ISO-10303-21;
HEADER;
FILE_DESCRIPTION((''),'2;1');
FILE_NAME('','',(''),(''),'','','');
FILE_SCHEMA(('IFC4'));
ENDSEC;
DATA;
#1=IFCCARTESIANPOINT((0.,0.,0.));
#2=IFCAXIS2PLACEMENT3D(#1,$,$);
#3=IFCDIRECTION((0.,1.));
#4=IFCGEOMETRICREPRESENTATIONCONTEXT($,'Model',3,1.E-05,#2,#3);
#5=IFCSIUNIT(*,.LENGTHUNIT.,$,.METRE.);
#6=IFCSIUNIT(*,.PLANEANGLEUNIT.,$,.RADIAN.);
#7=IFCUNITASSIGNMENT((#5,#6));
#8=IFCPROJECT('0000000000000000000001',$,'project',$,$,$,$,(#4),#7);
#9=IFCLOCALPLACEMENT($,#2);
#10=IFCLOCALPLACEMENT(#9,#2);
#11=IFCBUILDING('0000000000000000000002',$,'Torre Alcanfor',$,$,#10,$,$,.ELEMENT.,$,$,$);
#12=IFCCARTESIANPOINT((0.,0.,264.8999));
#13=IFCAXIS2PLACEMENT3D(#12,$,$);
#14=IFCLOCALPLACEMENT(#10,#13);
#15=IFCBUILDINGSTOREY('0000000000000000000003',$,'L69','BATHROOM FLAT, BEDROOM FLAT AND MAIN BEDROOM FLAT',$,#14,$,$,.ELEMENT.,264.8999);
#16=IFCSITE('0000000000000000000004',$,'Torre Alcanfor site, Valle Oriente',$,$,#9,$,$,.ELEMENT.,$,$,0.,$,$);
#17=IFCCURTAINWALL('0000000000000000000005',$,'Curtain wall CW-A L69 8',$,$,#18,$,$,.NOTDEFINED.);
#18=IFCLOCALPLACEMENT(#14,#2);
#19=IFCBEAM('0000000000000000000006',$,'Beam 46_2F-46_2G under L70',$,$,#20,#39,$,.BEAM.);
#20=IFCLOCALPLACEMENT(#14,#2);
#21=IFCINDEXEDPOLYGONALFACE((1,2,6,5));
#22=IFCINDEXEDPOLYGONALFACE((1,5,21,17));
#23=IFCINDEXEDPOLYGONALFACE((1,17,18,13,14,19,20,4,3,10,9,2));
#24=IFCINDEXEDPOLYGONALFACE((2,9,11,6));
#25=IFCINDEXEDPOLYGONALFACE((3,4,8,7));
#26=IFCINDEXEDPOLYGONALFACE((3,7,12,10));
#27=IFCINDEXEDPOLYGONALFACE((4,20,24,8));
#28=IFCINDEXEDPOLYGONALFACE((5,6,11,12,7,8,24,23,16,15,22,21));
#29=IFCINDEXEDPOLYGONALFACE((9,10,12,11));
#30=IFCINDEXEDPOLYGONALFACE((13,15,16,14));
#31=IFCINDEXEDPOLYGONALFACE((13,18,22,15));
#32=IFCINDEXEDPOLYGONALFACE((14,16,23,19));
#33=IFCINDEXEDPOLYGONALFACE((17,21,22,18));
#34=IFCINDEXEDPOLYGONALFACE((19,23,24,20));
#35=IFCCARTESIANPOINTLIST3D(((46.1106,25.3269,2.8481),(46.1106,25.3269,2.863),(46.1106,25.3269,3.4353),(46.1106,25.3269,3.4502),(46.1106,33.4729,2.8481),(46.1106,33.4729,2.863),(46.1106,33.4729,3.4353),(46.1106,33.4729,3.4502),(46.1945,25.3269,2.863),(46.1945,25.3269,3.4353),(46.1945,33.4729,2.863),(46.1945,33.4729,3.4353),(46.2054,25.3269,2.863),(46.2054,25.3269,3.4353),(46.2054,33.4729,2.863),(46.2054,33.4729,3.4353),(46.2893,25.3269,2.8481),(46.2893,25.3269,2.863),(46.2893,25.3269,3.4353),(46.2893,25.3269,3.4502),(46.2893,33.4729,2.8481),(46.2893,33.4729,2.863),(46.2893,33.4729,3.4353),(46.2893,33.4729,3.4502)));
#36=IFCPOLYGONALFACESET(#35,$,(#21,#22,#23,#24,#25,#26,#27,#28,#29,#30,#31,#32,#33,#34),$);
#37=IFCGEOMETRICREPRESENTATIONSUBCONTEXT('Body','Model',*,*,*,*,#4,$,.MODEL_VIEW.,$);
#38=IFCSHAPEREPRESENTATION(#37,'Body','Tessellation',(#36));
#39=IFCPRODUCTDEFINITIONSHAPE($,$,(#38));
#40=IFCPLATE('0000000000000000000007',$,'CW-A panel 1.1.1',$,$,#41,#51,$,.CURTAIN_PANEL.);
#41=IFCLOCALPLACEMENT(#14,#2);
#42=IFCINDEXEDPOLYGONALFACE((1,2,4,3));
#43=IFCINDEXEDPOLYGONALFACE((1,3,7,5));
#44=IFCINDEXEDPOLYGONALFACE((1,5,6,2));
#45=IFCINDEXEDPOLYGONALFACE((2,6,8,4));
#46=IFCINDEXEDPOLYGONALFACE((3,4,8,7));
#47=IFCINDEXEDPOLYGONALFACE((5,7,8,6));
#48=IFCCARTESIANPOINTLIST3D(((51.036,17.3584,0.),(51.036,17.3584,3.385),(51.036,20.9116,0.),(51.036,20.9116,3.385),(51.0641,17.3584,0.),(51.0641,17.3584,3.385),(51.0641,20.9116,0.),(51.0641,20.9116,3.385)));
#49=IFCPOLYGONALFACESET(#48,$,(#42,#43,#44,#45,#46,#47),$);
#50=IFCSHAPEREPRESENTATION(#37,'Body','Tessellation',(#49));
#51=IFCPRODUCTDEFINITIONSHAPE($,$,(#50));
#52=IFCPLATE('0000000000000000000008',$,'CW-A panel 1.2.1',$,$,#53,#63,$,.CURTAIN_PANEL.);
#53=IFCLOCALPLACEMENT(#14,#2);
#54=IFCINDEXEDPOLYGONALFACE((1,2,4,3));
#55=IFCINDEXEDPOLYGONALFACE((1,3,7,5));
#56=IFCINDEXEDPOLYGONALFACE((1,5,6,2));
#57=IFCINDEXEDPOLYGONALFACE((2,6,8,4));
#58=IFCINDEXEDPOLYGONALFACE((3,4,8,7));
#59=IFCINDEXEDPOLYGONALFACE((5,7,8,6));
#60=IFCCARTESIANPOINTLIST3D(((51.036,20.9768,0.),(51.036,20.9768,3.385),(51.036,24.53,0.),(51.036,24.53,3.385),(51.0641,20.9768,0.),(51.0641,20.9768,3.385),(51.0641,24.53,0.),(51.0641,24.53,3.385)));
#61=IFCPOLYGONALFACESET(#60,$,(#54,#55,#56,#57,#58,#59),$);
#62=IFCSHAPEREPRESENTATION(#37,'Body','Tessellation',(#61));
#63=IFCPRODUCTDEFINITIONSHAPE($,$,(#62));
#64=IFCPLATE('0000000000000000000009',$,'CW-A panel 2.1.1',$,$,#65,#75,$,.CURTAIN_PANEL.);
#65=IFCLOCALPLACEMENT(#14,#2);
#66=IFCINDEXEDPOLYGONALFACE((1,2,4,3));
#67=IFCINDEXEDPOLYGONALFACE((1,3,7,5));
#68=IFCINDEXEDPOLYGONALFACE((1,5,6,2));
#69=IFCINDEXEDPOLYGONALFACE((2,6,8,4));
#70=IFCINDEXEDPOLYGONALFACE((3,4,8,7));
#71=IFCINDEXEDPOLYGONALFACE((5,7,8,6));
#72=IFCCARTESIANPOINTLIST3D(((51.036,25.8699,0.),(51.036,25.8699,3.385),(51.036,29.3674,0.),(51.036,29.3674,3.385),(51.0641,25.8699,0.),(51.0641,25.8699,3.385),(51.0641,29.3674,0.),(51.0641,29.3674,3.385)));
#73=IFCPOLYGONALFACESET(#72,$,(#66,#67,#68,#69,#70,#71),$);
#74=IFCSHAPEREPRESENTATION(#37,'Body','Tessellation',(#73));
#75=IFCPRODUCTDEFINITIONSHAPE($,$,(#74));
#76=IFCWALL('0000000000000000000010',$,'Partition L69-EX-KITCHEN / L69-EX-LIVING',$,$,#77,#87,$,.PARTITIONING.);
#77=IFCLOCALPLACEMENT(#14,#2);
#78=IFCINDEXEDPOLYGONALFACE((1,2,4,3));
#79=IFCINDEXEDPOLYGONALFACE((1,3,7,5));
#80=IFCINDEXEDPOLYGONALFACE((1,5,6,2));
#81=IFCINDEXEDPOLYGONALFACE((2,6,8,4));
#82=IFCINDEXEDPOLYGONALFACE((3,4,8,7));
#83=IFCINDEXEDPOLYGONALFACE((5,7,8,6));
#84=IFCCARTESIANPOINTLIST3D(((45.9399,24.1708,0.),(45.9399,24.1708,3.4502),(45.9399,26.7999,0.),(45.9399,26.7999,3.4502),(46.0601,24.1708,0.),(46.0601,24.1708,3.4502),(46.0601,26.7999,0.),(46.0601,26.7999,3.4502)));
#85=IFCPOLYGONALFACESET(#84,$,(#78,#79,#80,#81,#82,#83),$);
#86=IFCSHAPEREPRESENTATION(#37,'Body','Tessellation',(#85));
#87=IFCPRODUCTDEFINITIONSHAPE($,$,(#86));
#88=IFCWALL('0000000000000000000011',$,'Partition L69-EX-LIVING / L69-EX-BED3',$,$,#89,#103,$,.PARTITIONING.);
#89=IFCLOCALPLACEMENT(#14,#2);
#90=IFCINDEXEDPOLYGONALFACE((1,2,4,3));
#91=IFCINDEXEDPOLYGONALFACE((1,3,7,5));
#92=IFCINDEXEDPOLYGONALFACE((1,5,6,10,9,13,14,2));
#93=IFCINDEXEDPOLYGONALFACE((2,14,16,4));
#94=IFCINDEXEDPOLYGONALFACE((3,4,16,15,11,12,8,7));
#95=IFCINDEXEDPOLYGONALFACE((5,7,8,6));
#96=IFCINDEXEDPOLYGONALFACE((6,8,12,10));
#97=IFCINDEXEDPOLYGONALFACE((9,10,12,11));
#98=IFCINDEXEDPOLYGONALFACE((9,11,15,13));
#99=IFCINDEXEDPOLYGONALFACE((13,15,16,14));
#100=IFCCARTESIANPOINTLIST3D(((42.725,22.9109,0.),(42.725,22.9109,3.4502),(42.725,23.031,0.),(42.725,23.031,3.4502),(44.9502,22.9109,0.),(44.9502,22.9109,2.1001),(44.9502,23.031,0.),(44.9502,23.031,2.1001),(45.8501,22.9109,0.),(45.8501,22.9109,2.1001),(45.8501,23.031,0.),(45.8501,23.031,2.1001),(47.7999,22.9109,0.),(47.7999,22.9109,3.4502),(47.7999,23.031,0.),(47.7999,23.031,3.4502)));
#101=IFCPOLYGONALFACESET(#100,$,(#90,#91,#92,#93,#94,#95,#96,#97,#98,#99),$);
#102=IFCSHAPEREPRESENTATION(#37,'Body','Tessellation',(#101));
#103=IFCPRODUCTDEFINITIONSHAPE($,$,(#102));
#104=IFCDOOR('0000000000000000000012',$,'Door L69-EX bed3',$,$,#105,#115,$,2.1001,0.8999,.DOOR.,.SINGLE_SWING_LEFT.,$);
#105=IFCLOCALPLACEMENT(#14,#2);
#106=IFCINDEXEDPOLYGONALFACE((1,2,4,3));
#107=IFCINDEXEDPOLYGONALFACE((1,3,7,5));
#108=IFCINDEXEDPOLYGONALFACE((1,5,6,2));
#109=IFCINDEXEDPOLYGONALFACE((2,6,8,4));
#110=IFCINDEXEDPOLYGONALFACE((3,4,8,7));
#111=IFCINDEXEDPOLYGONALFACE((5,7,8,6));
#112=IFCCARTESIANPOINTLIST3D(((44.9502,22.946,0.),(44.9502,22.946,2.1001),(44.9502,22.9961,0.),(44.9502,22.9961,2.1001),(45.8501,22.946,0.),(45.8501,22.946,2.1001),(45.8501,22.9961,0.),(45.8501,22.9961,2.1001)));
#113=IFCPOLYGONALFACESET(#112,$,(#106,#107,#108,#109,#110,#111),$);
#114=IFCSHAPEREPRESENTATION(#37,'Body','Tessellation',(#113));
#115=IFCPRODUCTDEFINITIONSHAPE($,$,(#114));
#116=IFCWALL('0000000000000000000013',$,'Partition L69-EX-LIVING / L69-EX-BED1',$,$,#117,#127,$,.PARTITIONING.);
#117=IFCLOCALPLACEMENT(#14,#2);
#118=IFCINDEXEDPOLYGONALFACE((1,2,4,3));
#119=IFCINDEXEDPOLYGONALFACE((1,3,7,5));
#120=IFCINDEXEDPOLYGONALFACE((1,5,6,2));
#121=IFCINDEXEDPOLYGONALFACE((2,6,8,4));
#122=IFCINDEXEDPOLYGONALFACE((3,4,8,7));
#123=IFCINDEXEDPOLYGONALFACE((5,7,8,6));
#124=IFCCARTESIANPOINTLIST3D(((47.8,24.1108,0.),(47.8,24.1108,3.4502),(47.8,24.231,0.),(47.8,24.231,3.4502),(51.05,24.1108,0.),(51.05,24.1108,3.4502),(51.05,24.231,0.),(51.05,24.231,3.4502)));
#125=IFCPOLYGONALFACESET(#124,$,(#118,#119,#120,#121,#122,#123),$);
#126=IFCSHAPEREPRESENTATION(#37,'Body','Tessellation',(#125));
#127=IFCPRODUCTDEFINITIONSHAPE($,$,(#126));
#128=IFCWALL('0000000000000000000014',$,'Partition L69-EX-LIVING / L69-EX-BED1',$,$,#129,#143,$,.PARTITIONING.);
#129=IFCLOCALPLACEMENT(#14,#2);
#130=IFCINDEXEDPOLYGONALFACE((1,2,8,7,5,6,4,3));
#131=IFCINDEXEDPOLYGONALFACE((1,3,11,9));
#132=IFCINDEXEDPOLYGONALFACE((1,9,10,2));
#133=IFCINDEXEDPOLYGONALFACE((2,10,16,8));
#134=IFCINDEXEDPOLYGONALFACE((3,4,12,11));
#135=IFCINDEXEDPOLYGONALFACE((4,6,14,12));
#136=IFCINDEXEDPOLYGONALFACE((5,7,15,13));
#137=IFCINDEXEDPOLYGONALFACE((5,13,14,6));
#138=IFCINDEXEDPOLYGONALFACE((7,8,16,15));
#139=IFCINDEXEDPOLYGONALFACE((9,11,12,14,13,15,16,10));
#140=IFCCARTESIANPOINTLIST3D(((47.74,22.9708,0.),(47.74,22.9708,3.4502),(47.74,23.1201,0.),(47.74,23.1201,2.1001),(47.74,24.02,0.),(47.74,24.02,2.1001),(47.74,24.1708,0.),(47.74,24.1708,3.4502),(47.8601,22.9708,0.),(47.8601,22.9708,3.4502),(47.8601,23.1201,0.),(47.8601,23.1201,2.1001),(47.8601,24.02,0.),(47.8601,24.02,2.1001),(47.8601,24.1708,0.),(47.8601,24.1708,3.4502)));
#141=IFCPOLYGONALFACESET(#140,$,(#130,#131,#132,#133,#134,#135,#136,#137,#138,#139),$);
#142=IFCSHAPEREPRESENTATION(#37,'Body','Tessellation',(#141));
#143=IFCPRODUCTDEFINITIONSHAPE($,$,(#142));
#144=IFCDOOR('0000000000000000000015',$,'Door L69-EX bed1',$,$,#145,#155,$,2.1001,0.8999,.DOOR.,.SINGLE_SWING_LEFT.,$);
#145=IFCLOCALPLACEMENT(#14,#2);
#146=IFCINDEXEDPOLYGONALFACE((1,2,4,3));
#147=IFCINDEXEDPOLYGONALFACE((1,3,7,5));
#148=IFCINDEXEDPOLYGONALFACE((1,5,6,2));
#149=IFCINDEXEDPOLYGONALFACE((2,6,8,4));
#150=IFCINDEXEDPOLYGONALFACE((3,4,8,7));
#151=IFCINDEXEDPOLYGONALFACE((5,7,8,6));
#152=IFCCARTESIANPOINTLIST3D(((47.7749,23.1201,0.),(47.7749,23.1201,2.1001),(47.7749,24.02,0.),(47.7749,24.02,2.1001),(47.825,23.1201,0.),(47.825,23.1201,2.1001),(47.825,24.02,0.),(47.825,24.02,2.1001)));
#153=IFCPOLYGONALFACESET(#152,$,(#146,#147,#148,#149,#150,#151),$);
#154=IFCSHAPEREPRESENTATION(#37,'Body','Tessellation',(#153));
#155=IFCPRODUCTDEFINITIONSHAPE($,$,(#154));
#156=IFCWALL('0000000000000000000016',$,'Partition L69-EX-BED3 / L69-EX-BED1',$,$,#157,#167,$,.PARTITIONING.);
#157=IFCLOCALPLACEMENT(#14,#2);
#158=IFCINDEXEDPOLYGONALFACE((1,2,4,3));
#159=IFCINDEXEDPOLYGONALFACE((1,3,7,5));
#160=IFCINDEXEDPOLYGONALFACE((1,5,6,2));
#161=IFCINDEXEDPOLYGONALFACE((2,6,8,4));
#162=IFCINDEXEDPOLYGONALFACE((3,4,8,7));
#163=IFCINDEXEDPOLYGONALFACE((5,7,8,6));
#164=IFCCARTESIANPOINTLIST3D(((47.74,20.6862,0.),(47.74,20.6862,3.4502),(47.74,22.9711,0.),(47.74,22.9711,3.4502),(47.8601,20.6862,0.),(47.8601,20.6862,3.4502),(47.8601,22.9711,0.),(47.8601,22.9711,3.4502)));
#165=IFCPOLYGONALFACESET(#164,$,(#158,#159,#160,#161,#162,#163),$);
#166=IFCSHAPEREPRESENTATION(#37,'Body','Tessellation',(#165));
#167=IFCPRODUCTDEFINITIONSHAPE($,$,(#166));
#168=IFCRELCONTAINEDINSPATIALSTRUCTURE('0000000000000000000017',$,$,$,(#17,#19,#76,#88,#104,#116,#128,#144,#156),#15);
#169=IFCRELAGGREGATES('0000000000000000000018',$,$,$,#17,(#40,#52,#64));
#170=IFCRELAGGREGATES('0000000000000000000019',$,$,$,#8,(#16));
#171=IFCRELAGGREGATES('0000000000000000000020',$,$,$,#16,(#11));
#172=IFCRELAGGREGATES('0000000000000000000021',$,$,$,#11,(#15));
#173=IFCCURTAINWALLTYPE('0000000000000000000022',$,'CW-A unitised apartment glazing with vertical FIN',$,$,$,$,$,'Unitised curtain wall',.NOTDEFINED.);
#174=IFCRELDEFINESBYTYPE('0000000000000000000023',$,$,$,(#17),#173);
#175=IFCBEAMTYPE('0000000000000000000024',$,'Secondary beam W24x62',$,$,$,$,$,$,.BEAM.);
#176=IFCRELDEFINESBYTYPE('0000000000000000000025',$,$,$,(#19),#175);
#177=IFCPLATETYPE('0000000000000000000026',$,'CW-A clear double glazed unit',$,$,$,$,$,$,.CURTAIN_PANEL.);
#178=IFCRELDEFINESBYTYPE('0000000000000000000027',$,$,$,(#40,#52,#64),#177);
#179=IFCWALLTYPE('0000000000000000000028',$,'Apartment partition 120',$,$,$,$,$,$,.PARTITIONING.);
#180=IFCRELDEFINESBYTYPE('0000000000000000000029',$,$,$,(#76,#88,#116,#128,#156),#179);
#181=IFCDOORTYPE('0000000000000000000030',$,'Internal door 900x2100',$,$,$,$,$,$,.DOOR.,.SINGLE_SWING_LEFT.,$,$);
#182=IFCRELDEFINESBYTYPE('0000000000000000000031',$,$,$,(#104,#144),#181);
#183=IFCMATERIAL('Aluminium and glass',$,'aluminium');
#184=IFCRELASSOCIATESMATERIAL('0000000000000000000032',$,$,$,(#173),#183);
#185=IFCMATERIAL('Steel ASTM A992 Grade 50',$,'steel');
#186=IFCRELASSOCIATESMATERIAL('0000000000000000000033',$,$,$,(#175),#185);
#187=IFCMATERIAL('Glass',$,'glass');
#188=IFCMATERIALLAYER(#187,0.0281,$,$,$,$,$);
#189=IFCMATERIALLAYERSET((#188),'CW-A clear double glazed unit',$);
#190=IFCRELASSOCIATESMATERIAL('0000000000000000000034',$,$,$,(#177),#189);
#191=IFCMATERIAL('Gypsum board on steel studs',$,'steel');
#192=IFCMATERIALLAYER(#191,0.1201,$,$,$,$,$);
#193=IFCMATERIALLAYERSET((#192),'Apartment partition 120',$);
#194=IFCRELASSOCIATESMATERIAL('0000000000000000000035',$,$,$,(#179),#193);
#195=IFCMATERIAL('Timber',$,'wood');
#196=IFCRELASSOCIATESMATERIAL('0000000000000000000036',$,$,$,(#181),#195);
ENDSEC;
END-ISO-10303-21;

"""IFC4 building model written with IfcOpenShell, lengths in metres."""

from ifc_helpers import new_model, si_unit, direction, frame, frame_2d, origin, origin_2d, place, context, subcontext, project, spatial, rectangle, i_section, extrude, material, layer, layer_set, material_profile, profile_set, type_object, element, fill, aggregate, save


model = new_model("IFC4")

# Units and contexts
model_context = context("Model", 3, precision=1e-05, world=origin(), true_north=direction((0.0, 1.0)))
body_context = subcontext(model_context, "Body", "Model", "MODEL_VIEW")
ifc_project = project(units=[si_unit("LENGTHUNIT", "METRE"), si_unit("PLANEANGLEUNIT", "RADIAN")], contexts=[model_context])

# Site, building, storey
site_placement = place(None, origin())
site = spatial("IfcSite", under=ifc_project, at=site_placement, Name="Torre Alcanfor site, Valle Oriente", CompositionType="ELEMENT", RefElevation=0.0)
building_placement = place(site_placement, origin())
building = spatial("IfcBuilding", under=site, at=building_placement, Name="Torre Alcanfor", CompositionType="ELEMENT")
storey_placement = place(building_placement, frame((0.0, 0.0, 264.8999)))
storey = spatial("IfcBuildingStorey", under=building, at=storey_placement, Name="L69", Description="BATHROOM FLAT, BEDROOM FLAT AND MAIN BEDROOM FLAT", CompositionType="ELEMENT", Elevation=264.8999)

# Curtain wall
ifc_material_1 = material(Name="Aluminium and glass", Category="aluminium")
curtain_wall_type = type_object("IfcCurtainWallType", Name="CW-A unitised apartment glazing with vertical FIN", ElementType="Unitised curtain wall", PredefinedType="NOTDEFINED", material=ifc_material_1)
curtain_wall_placement = place(storey_placement, origin())
curtain_wall = element("IfcCurtainWall", 1, at=curtain_wall_placement, inside=storey, type_object=curtain_wall_type, Name="Curtain wall CW-A L69 8", PredefinedType="NOTDEFINED")

# Beam
ifc_material_2 = material(Name="Steel ASTM A992 Grade 50", Category="steel")
ifc_material_profile_1 = material_profile(ifc_material_2, i_section(OverallWidth=0.1787, OverallDepth=0.6021, WebThickness=0.011, FlangeThickness=0.0149, at=origin_2d()), Name="W24x62")
ifc_profile_set_1 = profile_set([ifc_material_profile_1], Name="Steel ASTM A992 Grade 50")
beam_type_1 = type_object("IfcBeamType", Name="Secondary beam W24x62", PredefinedType="BEAM", material=ifc_profile_set_1)
beam_1_placement = place(storey_placement, frame((46.2, 25.3269, 3.1492), z_axis=(0.0, 1.0, 0.0), x_axis=(-1.0, 0.0, 0.0)))
element("IfcBeam", 2, at=beam_1_placement, inside=storey, type_object=beam_type_1, Name="Beam 46_2F-46_2G under L70", PredefinedType="BEAM", context=body_context, shape_type="SweptSolid", body=[
    extrude(i_section(OverallWidth=0.1787, OverallDepth=0.6021, WebThickness=0.011, FlangeThickness=0.0149, at=origin_2d()), origin(), (0.0, 0.0, 1.0), 8.146),
])

# Plates
ifc_material_3 = material(Name="Glass", Category="glass")
ifc_layer_1 = layer(ifc_material_3, 0.0281)
ifc_layer_set_1 = layer_set([ifc_layer_1], Name="CW-A clear double glazed unit")
plate_type = type_object("IfcPlateType", Name="CW-A clear double glazed unit", PredefinedType="CURTAIN_PANEL", material=ifc_layer_set_1)
plate_1_placement = place(storey_placement, frame((51.05, 19.135, 0.0), z_axis=(0.0, 0.0, 1.0), x_axis=(0.0, 1.0, 0.0)))
plate_1 = element("IfcPlate", 3, at=plate_1_placement, type_object=plate_type, Name="CW-A panel 1.1.1", PredefinedType="CURTAIN_PANEL", context=body_context, shape_type="SweptSolid", body=[
    extrude(rectangle(XDim=3.5532, YDim=0.0281, at=origin_2d()), origin(), (0.0, 0.0, 1.0), 3.385),
])
plate_2_placement = place(storey_placement, frame((51.05, 22.7534, 0.0), z_axis=(0.0, 0.0, 1.0), x_axis=(0.0, 1.0, 0.0)))
plate_2 = element("IfcPlate", 4, at=plate_2_placement, type_object=plate_type, Name="CW-A panel 1.2.1", PredefinedType="CURTAIN_PANEL", context=body_context, shape_type="SweptSolid", body=[
    extrude(rectangle(XDim=3.5532, YDim=0.0281, at=origin_2d()), origin(), (0.0, 0.0, 1.0), 3.385),
])
plate_3_placement = place(storey_placement, frame((51.05, 27.6187, 0.0), z_axis=(0.0, 0.0, 1.0), x_axis=(0.0, 1.0, 0.0)))
plate_3 = element("IfcPlate", 5, at=plate_3_placement, type_object=plate_type, Name="CW-A panel 2.1.1", PredefinedType="CURTAIN_PANEL", context=body_context, shape_type="SweptSolid", body=[
    extrude(rectangle(XDim=3.4976, YDim=0.0281, at=origin_2d()), origin(), (0.0, 0.0, 1.0), 3.385),
])
aggregate(curtain_wall, [plate_1, plate_2, plate_3])

# Wall
ifc_material_4 = material(Name="Gypsum board on steel studs", Category="steel")
ifc_layer_2 = layer(ifc_material_4, 0.1201)
ifc_layer_set_2 = layer_set([ifc_layer_2], Name="Apartment partition 120")
wall_type_1 = type_object("IfcWallType", Name="Apartment partition 120", PredefinedType="PARTITIONING", material=ifc_layer_set_2)
wall_1_placement = place(storey_placement, frame((46.0, 24.1709, 0.0), z_axis=(0.0, 0.0, 1.0), x_axis=(0.0, 1.0, 0.0)))
element("IfcWall", 6, at=wall_1_placement, inside=storey, type_object=wall_type_1, Name="Partition L69-EX-KITCHEN / L69-EX-LIVING", PredefinedType="PARTITIONING", context=body_context, shape_type="SweptSolid", body=[
    extrude(rectangle(XDim=2.6292, YDim=0.1201, at=frame_2d((1.3145, 0.0))), origin(), (0.0, 0.0, 1.0), 3.4502),
])

# Wall, opening, door
wall_2_placement = place(storey_placement, frame((47.8, 22.9709, 0.0), z_axis=(0.0, 0.0, 1.0), x_axis=(-1.0, 0.0, 0.0)))
wall_2 = element("IfcWall", 7, at=wall_2_placement, inside=storey, type_object=wall_type_1, Name="Partition L69-EX-LIVING / L69-EX-BED3", PredefinedType="PARTITIONING", context=body_context, shape_type="SweptSolid", body=[
    extrude(rectangle(XDim=5.075, YDim=0.1201, at=frame_2d((2.5376, 0.0))), origin(), (0.0, 0.0, 1.0), 3.4502),
])
opening_1_placement = place(wall_2_placement, frame((1.95, 0.0, 0.0)))
opening_1 = element("IfcOpeningElement", 8, at=opening_1_placement, cuts=wall_2, PredefinedType="OPENING", context=body_context, shape_type="SweptSolid", body=[
    extrude(rectangle(XDim=0.8999, YDim=2.1001, at=frame_2d((0.45, 1.05))), frame((0.0, 0.0701, 0.0), z_axis=(0.0, -1.0, 0.0), x_axis=(1.0, 0.0, 0.0)), (0.0, 0.0, 1.0), 0.1401),
])
ifc_material_5 = material(Name="Timber", Category="wood")
door_type_1 = type_object("IfcDoorType", Name="Internal door 900x2100", OperationType="SINGLE_SWING_LEFT", PredefinedType="DOOR", material=ifc_material_5)
door_1_placement = place(opening_1_placement, origin())
door_1 = element("IfcDoor", 9, at=door_1_placement, inside=storey, type_object=door_type_1, Name="Door L69-EX bed3", OperationType="SINGLE_SWING_LEFT", OverallHeight=2.1001, OverallWidth=0.8999, PredefinedType="DOOR", context=body_context, shape_type="SweptSolid", body=[
    extrude(rectangle(XDim=0.8999, YDim=2.1001, at=frame_2d((0.45, 1.05))), frame((0.0, 0.0249, 0.0), z_axis=(0.0, -1.0, 0.0), x_axis=(1.0, 0.0, 0.0)), (0.0, 0.0, 1.0), 0.05),
])
fill(opening_1, door_1)

# Wall
wall_3_placement = place(storey_placement, frame((51.05, 24.1709, 0.0), z_axis=(0.0, 0.0, 1.0), x_axis=(-1.0, 0.0, 0.0)))
element("IfcWall", 10, at=wall_3_placement, inside=storey, type_object=wall_type_1, Name="Partition L69-EX-LIVING / L69-EX-BED1", PredefinedType="PARTITIONING", context=body_context, shape_type="SweptSolid", body=[
    extrude(rectangle(XDim=3.25, YDim=0.1201, at=frame_2d((1.625, 0.0))), origin(), (0.0, 0.0, 1.0), 3.4502),
])

# Wall, opening, door
wall_4_placement = place(storey_placement, frame((47.8, 24.1709, 0.0), z_axis=(0.0, 0.0, 1.0), x_axis=(0.0, -1.0, 0.0)))
wall_4 = element("IfcWall", 11, at=wall_4_placement, inside=storey, type_object=wall_type_1, Name="Partition L69-EX-LIVING / L69-EX-BED1", PredefinedType="PARTITIONING", context=body_context, shape_type="SweptSolid", body=[
    extrude(rectangle(XDim=1.2, YDim=0.1201, at=frame_2d((0.6001, 0.0))), origin(), (0.0, 0.0, 1.0), 3.4502),
])
opening_2_placement = place(wall_4_placement, frame((0.1509, 0.0, 0.0)))
opening_2 = element("IfcOpeningElement", 12, at=opening_2_placement, cuts=wall_4, PredefinedType="OPENING", context=body_context, shape_type="SweptSolid", body=[
    extrude(rectangle(XDim=0.8999, YDim=2.1001, at=frame_2d((0.45, 1.05))), frame((0.0, 0.0701, 0.0), z_axis=(0.0, -1.0, 0.0), x_axis=(1.0, 0.0, 0.0)), (0.0, 0.0, 1.0), 0.1401),
])
door_2_placement = place(opening_2_placement, origin())
door_2 = element("IfcDoor", 13, at=door_2_placement, inside=storey, type_object=door_type_1, Name="Door L69-EX bed1", OperationType="SINGLE_SWING_LEFT", OverallHeight=2.1001, OverallWidth=0.8999, PredefinedType="DOOR", context=body_context, shape_type="SweptSolid", body=[
    extrude(rectangle(XDim=0.8999, YDim=2.1001, at=frame_2d((0.45, 1.05))), frame((0.0, 0.0249, 0.0), z_axis=(0.0, -1.0, 0.0), x_axis=(1.0, 0.0, 0.0)), (0.0, 0.0, 1.0), 0.05),
])
fill(opening_2, door_2)

# Wall
wall_5_placement = place(storey_placement, frame((47.8, 20.686, 0.0), z_axis=(0.0, 0.0, 1.0), x_axis=(0.0, 1.0, 0.0)))
element("IfcWall", 14, at=wall_5_placement, inside=storey, type_object=wall_type_1, Name="Partition L69-EX-BED3 / L69-EX-BED1", PredefinedType="PARTITIONING", context=body_context, shape_type="SweptSolid", body=[
    extrude(rectangle(XDim=2.2849, YDim=0.1201, at=frame_2d((1.1426, 0.0))), origin(), (0.0, 0.0, 1.0), 3.4502),
])

save(model, "model.ifc")
